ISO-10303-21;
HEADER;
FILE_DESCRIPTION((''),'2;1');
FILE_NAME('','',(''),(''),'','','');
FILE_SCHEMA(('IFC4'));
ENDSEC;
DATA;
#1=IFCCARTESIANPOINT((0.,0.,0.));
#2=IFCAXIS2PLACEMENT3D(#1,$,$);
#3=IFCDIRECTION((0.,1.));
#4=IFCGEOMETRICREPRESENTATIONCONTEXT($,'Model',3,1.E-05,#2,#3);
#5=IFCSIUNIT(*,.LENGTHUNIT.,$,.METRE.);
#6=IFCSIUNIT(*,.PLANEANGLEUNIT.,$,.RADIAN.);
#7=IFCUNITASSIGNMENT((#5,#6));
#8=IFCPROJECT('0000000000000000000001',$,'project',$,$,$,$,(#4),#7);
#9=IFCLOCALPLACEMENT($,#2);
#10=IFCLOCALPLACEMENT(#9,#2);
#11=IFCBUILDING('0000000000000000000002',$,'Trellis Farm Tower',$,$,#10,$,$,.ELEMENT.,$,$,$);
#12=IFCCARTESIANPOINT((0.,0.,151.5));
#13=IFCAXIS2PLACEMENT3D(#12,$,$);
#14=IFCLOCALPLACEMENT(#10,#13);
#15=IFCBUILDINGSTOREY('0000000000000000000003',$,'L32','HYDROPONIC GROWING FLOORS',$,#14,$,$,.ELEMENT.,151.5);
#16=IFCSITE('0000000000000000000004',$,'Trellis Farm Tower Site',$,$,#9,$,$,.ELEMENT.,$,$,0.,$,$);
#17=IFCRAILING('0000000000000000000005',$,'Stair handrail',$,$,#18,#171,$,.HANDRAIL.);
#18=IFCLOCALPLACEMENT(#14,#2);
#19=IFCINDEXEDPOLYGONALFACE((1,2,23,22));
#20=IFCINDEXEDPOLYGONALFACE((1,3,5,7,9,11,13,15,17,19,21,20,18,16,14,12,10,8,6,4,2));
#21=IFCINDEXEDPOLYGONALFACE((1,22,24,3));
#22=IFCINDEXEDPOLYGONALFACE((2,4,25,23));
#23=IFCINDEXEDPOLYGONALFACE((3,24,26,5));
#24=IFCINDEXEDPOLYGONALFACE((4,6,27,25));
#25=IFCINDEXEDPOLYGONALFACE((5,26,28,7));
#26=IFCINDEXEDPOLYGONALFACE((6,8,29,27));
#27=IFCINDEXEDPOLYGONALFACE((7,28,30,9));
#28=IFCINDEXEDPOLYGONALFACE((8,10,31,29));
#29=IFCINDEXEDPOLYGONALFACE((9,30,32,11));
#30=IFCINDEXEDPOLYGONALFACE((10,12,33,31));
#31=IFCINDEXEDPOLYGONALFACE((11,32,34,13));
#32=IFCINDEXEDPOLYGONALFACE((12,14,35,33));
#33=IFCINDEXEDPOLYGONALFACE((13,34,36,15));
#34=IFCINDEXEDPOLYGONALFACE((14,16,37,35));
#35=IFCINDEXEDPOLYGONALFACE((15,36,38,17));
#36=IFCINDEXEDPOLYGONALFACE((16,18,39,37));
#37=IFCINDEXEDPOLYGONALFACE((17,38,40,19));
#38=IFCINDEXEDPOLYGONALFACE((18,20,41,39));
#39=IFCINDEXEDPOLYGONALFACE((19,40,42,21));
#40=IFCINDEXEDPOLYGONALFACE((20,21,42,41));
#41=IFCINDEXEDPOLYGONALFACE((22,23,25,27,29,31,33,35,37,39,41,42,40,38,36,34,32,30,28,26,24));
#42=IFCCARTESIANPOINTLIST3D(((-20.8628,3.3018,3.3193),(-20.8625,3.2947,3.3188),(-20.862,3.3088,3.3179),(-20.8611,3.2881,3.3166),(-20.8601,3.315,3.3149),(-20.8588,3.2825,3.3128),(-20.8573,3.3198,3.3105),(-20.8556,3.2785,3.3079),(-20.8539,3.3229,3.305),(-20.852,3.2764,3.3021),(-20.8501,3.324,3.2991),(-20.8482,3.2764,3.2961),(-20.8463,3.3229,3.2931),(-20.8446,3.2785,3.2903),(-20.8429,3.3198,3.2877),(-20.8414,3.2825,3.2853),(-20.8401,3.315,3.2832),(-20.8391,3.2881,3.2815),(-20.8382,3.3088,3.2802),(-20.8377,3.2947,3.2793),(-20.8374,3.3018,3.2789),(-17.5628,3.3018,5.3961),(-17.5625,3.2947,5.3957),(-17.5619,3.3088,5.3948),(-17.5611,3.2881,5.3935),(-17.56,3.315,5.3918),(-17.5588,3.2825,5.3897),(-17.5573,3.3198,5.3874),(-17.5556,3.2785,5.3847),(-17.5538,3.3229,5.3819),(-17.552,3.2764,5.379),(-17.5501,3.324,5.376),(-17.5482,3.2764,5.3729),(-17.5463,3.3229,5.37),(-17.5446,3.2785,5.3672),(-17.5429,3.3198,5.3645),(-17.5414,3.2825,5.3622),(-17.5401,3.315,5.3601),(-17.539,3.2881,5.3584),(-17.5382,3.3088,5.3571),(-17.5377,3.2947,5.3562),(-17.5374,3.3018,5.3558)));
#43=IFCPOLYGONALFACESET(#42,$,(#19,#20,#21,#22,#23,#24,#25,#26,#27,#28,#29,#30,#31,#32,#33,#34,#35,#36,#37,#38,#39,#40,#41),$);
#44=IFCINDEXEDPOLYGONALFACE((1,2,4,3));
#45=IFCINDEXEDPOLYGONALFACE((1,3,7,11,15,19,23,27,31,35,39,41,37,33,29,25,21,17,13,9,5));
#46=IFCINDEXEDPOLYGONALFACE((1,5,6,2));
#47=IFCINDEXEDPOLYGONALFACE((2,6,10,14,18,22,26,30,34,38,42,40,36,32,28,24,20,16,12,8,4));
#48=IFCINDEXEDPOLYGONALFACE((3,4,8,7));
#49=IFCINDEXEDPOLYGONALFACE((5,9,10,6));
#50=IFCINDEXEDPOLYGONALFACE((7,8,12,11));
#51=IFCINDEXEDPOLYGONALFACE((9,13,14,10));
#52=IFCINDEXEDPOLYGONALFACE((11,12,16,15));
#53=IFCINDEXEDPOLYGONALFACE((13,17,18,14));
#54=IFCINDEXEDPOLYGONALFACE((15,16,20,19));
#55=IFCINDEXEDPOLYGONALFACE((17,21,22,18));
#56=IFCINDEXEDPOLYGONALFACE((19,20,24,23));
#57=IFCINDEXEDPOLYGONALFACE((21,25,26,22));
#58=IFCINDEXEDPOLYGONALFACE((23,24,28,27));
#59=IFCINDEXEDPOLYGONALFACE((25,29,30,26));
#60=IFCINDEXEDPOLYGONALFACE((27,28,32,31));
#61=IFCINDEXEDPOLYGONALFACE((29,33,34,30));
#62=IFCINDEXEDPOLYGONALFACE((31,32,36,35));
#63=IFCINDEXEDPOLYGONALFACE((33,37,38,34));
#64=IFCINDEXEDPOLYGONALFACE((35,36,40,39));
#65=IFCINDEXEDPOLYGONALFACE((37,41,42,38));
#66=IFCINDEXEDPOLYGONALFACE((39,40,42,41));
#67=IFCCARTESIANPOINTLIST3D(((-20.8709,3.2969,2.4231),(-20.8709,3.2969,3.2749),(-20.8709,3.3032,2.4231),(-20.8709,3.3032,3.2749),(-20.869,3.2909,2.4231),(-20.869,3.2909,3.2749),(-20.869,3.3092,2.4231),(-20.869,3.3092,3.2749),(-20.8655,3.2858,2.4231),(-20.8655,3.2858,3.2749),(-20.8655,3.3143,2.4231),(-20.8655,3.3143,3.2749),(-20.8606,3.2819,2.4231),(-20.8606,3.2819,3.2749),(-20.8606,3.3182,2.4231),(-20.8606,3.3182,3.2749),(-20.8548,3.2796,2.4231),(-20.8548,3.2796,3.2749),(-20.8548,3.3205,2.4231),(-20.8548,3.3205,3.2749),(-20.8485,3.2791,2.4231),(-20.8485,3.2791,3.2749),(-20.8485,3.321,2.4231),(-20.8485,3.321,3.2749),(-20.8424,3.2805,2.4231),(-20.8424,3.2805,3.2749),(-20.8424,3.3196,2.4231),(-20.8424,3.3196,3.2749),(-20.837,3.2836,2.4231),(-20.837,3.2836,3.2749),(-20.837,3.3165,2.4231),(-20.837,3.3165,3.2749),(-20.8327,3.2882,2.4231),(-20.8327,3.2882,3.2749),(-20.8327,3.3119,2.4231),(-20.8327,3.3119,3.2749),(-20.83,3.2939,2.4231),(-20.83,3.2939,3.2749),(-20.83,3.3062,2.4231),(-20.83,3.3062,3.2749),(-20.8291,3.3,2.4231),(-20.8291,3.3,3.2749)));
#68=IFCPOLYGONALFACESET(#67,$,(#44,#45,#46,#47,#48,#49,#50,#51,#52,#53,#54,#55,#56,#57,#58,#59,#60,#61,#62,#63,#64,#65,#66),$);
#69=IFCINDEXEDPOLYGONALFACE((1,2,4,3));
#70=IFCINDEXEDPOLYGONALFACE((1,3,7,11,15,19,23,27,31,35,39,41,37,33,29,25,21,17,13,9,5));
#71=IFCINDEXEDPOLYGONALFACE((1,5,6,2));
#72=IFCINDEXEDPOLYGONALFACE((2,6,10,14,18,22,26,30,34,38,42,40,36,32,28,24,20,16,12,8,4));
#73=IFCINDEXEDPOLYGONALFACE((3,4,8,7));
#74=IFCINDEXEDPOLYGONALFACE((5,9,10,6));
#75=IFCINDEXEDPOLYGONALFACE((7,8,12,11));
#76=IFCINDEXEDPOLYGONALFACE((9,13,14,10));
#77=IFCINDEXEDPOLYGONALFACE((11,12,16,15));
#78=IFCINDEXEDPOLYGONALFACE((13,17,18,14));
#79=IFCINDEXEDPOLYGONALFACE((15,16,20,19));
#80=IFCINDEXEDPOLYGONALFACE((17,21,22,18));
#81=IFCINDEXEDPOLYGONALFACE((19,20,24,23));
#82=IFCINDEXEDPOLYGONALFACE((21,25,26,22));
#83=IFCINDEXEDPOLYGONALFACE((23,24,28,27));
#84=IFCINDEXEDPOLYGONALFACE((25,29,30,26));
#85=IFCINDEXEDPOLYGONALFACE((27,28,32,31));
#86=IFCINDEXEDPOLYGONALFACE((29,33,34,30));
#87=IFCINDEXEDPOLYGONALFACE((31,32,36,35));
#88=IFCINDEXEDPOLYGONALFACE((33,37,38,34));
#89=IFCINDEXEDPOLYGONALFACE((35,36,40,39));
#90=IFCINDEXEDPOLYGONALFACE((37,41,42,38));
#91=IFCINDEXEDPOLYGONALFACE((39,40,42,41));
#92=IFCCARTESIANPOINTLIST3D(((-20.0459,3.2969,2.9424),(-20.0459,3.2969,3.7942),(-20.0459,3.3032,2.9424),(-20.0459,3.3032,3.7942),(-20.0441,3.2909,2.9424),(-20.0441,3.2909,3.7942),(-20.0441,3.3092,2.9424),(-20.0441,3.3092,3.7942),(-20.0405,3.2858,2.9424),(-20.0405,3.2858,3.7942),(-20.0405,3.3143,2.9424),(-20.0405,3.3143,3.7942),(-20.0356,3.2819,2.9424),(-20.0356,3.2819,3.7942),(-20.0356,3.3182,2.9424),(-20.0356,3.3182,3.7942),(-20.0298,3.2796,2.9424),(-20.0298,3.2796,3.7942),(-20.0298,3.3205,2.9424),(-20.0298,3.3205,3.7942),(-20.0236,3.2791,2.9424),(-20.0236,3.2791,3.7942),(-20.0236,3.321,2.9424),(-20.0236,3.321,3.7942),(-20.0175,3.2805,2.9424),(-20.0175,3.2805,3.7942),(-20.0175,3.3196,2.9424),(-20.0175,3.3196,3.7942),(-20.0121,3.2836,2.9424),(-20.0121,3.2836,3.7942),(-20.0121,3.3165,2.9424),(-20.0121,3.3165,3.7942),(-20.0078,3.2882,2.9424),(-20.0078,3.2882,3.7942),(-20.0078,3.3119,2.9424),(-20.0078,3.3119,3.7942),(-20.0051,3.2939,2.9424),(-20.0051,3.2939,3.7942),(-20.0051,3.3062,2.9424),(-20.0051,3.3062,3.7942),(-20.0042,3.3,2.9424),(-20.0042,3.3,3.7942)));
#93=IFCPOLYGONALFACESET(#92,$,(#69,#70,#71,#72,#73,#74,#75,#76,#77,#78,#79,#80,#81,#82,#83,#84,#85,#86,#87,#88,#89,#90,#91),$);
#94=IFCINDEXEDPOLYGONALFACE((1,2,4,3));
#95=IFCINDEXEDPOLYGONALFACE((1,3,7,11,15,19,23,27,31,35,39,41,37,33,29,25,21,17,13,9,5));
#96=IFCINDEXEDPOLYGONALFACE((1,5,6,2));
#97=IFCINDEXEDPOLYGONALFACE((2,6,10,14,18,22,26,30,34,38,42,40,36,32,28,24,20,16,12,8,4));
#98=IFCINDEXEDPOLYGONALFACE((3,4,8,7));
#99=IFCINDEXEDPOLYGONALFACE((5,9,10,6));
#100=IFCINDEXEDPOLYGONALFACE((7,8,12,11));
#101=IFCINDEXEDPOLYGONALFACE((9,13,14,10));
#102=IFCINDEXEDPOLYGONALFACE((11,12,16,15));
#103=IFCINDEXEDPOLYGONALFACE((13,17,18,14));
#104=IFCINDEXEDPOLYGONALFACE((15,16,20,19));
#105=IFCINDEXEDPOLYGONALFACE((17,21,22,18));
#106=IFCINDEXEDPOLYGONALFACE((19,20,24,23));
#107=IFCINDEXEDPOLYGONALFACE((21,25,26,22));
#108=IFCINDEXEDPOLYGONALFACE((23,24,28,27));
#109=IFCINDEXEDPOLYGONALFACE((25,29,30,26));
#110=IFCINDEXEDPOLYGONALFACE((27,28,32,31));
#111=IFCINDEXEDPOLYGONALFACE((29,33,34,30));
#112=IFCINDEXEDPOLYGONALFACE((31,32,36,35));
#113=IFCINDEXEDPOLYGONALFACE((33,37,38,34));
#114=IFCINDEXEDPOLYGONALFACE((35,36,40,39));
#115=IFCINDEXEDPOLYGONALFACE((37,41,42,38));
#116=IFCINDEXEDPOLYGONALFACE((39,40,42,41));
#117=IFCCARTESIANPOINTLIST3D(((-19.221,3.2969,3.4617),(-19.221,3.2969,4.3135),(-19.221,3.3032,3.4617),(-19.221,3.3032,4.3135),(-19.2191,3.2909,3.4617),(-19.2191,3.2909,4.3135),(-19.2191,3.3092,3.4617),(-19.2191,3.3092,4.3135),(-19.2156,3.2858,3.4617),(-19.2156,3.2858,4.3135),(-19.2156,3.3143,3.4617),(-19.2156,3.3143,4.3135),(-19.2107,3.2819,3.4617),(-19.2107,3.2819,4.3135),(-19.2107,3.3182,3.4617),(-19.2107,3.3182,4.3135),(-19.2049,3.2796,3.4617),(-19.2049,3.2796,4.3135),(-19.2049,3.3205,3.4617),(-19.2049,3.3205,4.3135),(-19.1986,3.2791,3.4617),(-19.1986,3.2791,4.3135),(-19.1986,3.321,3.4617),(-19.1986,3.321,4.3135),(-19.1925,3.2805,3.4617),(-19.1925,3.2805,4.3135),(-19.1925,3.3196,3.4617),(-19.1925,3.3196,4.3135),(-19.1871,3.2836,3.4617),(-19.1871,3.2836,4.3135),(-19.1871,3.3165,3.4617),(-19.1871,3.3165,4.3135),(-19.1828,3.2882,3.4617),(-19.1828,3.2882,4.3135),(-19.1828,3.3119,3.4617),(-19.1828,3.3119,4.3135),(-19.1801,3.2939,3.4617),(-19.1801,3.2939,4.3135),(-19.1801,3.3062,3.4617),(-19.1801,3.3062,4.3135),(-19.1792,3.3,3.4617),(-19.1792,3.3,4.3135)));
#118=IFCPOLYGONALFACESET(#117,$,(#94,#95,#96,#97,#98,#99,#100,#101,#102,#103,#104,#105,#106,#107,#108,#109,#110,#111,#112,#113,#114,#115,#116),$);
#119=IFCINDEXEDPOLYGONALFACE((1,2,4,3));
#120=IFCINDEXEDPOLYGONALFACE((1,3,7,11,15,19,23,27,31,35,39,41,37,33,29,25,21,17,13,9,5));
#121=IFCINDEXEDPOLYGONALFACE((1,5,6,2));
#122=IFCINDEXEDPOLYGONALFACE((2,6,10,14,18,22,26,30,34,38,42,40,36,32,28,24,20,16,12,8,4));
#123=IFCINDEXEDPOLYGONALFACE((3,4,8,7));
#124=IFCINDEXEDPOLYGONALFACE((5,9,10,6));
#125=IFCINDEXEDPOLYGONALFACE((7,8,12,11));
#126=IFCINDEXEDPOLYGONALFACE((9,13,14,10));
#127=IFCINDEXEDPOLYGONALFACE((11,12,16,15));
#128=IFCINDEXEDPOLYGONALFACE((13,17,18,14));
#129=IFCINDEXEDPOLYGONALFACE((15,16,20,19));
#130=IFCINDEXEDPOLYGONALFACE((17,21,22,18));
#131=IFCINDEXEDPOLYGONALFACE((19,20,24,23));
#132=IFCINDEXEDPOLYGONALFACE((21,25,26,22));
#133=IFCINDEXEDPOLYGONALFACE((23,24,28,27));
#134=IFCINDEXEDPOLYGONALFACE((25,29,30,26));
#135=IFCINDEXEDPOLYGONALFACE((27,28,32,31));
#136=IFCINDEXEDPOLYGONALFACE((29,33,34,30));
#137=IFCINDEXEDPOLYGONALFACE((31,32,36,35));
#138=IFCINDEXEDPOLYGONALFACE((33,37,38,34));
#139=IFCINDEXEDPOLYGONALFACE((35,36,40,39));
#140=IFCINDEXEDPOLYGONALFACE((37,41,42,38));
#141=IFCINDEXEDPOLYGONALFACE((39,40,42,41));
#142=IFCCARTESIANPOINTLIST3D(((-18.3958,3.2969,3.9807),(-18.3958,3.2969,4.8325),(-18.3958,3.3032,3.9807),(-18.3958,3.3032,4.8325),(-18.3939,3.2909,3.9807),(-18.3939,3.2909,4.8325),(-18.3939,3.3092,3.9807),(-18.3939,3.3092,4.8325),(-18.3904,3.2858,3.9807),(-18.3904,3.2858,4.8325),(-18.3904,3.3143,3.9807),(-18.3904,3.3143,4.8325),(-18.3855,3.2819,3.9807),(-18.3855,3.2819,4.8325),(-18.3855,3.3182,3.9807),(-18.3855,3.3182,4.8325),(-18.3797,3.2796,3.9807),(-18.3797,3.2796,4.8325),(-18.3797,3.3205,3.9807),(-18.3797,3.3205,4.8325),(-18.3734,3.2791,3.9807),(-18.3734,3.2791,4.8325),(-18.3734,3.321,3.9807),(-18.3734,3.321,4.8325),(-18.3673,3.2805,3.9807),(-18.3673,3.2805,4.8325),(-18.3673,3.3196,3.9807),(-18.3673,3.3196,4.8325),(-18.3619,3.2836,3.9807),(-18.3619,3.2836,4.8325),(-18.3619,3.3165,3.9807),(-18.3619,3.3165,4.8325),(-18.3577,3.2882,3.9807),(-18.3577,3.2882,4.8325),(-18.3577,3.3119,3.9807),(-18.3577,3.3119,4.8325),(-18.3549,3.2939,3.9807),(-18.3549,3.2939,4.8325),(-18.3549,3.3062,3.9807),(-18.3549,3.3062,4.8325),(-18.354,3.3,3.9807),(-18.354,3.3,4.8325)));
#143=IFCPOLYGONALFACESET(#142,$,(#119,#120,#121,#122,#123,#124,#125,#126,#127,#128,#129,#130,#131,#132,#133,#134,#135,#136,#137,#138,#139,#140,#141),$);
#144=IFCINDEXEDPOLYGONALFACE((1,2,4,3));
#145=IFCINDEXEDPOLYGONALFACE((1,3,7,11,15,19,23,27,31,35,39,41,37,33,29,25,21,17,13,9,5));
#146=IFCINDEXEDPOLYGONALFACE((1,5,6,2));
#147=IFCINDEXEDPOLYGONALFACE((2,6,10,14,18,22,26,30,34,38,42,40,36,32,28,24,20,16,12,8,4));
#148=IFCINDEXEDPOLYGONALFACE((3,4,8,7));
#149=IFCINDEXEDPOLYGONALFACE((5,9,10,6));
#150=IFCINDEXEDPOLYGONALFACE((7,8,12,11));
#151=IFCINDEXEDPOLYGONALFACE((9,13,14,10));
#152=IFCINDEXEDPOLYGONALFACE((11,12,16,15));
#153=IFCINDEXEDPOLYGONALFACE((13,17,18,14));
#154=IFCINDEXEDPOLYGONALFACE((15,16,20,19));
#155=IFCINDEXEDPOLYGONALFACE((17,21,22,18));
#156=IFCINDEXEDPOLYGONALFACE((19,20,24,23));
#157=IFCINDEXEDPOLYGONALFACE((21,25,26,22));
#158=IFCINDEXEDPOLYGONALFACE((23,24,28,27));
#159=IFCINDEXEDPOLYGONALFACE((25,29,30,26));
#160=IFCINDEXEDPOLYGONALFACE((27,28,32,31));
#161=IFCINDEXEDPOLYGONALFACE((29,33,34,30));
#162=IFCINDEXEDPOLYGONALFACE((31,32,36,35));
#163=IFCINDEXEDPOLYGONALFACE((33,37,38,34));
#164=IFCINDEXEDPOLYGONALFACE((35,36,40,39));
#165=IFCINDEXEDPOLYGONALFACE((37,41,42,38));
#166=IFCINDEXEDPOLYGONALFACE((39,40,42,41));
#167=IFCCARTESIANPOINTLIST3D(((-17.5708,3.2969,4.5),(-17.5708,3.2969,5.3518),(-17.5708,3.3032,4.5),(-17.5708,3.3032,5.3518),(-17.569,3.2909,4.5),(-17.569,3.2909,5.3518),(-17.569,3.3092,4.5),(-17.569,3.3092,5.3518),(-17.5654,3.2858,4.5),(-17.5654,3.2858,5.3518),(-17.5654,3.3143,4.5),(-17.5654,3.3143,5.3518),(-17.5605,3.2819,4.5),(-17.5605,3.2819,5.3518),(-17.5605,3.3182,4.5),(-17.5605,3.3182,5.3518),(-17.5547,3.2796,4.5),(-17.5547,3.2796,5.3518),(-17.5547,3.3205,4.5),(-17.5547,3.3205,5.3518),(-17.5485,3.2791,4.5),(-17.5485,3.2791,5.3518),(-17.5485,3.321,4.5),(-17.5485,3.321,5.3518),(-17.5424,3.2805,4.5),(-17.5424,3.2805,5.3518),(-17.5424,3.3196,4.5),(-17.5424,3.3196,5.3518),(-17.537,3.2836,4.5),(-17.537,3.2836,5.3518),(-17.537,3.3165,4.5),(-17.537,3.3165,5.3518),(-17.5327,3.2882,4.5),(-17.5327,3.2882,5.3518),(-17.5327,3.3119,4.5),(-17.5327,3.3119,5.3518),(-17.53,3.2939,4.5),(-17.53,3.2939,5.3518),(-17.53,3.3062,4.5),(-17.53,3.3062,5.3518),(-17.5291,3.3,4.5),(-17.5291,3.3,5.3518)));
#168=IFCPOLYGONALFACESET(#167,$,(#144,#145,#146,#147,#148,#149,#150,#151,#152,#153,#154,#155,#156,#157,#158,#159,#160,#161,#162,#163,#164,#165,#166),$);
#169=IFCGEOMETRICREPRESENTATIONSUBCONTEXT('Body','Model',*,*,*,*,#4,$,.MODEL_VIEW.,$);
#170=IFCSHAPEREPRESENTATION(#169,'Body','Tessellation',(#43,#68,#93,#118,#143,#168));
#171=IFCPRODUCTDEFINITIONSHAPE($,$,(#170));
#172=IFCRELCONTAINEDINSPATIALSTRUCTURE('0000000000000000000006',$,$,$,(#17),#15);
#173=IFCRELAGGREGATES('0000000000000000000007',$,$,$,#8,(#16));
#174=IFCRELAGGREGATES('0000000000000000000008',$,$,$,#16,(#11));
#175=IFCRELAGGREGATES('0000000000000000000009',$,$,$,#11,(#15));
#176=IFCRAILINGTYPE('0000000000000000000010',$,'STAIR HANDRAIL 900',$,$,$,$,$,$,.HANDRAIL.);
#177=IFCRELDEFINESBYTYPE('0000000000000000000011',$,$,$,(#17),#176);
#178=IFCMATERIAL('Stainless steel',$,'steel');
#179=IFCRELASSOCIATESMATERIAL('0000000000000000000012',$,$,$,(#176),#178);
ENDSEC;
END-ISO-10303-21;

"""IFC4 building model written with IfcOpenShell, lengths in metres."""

from ifc_helpers import new_model, si_unit, direction, frame, origin, origin_2d, place, context, subcontext, project, spatial, circle, extrude, source, transform, mapped, material, type_object, element, save


model = new_model("IFC4")

# Units and contexts
model_context = context("Model", 3, precision=1e-05, world=origin(), true_north=direction((0.0, 1.0)))
body_context = subcontext(model_context, "Body", "Model", "MODEL_VIEW")
ifc_project = project(units=[si_unit("LENGTHUNIT", "METRE"), si_unit("PLANEANGLEUNIT", "RADIAN")], contexts=[model_context])

# Site, building, storey
site_placement = place(None, origin())
site = spatial("IfcSite", under=ifc_project, at=site_placement, Name="Trellis Farm Tower Site", CompositionType="ELEMENT", RefElevation=0.0)
building_placement = place(site_placement, origin())
building = spatial("IfcBuilding", under=site, at=building_placement, Name="Trellis Farm Tower", CompositionType="ELEMENT")
storey_placement = place(building_placement, frame((0.0, 0.0, 151.5)))
storey = spatial("IfcBuildingStorey", under=building, at=storey_placement, Name="L32", Description="HYDROPONIC GROWING FLOORS", CompositionType="ELEMENT", Elevation=151.5)

# Railing
ifc_material_1 = material(Name="Stainless steel", Category="steel")
railing_type = type_object("IfcRailingType", Name="STAIR HANDRAIL 900", PredefinedType="HANDRAIL", material=ifc_material_1)
shared_shape_1 = source(origin(), body_context, "Body", "SweptSolid", [
    extrude(circle(Radius=0.0239, at=origin_2d()), frame((0.0, 0.0, 0.876), z_axis=(0.846337, 0.0, 0.532647), x_axis=(0.0, 1.0, 0.0)), (0.0, 0.0, 1.0), 3.8992),
    extrude(circle(Radius=0.021, at=origin_2d()), origin(), (0.0, 0.0, 1.0), 0.8518),
    extrude(circle(Radius=0.021, at=origin_2d()), frame((0.825, 0.0, 0.5193)), (0.0, 0.0, 1.0), 0.8518),
    extrude(circle(Radius=0.021, at=origin_2d()), frame((1.6499, 0.0, 1.0386)), (0.0, 0.0, 1.0), 0.8518),
    extrude(circle(Radius=0.021, at=origin_2d()), frame((2.4751, 0.0, 1.5576)), (0.0, 0.0, 1.0), 0.8518),
    extrude(circle(Radius=0.021, at=origin_2d()), frame((3.3, 0.0, 2.0769)), (0.0, 0.0, 1.0), 0.8518),
])
for number, where, name in (
    (1, (-20.8501, 3.3, 2.4231), "Stair handrail"),
):
    element("IfcRailing", number, at=place(storey_placement, frame(where)), inside=storey, type_object=railing_type, Name=name, PredefinedType="HANDRAIL", context=body_context, shape_type="MappedRepresentation", body=[
        mapped(shared_shape_1, transform((0.0, 0.0, 0.0))),
    ])

save(model, "model.ifc")
